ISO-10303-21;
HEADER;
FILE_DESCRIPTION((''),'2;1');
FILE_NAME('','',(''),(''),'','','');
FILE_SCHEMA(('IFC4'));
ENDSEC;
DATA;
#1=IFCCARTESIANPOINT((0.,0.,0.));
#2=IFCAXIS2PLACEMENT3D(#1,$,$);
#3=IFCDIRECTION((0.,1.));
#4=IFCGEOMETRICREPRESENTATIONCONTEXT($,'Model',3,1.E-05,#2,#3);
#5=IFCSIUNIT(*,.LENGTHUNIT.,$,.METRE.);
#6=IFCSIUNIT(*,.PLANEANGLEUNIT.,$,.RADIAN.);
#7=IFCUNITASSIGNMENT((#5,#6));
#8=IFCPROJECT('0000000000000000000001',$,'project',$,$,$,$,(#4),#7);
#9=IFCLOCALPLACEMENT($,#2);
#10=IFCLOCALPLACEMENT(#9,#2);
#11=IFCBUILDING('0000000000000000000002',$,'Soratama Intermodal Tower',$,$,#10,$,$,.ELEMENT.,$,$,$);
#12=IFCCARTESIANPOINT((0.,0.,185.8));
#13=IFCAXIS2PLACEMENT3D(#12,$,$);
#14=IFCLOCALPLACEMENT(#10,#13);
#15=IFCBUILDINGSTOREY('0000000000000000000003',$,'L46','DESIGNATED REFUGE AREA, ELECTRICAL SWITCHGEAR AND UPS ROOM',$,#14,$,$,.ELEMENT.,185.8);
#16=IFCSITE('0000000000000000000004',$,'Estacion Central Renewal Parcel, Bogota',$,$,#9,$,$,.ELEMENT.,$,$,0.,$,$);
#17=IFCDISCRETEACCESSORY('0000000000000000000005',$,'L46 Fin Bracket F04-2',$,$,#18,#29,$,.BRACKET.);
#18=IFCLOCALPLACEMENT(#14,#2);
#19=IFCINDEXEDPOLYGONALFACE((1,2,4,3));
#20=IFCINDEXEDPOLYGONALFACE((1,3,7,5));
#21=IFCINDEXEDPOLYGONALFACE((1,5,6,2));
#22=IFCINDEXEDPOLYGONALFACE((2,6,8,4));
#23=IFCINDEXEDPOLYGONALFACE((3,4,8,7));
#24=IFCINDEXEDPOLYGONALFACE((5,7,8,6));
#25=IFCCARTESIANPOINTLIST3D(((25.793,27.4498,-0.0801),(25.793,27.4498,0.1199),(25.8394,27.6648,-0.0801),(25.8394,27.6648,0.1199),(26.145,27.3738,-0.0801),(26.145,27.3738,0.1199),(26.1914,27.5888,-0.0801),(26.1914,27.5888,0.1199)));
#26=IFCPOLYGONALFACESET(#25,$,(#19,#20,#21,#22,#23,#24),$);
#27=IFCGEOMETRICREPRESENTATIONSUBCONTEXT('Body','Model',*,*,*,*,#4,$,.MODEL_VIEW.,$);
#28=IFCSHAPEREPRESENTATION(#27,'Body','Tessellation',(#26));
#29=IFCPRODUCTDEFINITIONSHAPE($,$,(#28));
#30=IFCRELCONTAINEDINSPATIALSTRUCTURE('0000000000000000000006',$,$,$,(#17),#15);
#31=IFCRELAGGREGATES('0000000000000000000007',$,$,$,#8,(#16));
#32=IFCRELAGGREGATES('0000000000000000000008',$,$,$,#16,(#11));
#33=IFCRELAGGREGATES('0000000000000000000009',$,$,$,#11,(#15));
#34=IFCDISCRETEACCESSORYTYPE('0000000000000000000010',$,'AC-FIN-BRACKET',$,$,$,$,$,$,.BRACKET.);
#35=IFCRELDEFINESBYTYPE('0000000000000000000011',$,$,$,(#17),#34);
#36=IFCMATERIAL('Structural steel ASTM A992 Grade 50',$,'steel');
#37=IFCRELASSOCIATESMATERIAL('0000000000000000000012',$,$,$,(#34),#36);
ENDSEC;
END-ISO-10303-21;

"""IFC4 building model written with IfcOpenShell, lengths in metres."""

from ifc_helpers import new_model, si_unit, direction, frame, origin, origin_2d, place, context, subcontext, project, spatial, rectangle, extrude, material, type_object, element, save


model = new_model("IFC4")

# Units and contexts
model_context = context("Model", 3, precision=1e-05, world=origin(), true_north=direction((0.0, 1.0)))
body_context = subcontext(model_context, "Body", "Model", "MODEL_VIEW")
ifc_project = project(units=[si_unit("LENGTHUNIT", "METRE"), si_unit("PLANEANGLEUNIT", "RADIAN")], contexts=[model_context])

# Site, building, storey
site_placement = place(None, origin())
site = spatial("IfcSite", under=ifc_project, at=site_placement, Name="Estacion Central Renewal Parcel, Bogota", CompositionType="ELEMENT", RefElevation=0.0)
building_placement = place(site_placement, origin())
building = spatial("IfcBuilding", under=site, at=building_placement, Name="Soratama Intermodal Tower", CompositionType="ELEMENT")
storey_placement = place(building_placement, frame((0.0, 0.0, 185.8)))
storey = spatial("IfcBuildingStorey", under=building, at=storey_placement, Name="L46", Description="DESIGNATED REFUGE AREA, ELECTRICAL SWITCHGEAR AND UPS ROOM", CompositionType="ELEMENT", Elevation=185.8)

# Discrete accessory
ifc_material_1 = material(Name="Structural steel ASTM A992 Grade 50", Category="steel")
discrete_accessory_type = type_object("IfcDiscreteAccessoryType", Name="AC-FIN-BRACKET", PredefinedType="BRACKET", material=ifc_material_1)
for number, where, z_axis, x_axis, name in (
    (1, (25.9922, 27.5193, -0.0801), (0.0, 0.0, 1.0), (-0.97749, 0.210984, 0.0), "L46 Fin Bracket F04-2"),
):
    element("IfcDiscreteAccessory", number, at=place(storey_placement, frame(where, z_axis=z_axis, x_axis=x_axis)), inside=storey, type_object=discrete_accessory_type, Name=name, PredefinedType="BRACKET", context=body_context, shape_type="SweptSolid", body=[
        extrude(rectangle(XDim=0.3601, YDim=0.22, at=origin_2d()), origin(), (0.0, 0.0, 1.0), 0.2),
    ])

save(model, "model.ifc")
